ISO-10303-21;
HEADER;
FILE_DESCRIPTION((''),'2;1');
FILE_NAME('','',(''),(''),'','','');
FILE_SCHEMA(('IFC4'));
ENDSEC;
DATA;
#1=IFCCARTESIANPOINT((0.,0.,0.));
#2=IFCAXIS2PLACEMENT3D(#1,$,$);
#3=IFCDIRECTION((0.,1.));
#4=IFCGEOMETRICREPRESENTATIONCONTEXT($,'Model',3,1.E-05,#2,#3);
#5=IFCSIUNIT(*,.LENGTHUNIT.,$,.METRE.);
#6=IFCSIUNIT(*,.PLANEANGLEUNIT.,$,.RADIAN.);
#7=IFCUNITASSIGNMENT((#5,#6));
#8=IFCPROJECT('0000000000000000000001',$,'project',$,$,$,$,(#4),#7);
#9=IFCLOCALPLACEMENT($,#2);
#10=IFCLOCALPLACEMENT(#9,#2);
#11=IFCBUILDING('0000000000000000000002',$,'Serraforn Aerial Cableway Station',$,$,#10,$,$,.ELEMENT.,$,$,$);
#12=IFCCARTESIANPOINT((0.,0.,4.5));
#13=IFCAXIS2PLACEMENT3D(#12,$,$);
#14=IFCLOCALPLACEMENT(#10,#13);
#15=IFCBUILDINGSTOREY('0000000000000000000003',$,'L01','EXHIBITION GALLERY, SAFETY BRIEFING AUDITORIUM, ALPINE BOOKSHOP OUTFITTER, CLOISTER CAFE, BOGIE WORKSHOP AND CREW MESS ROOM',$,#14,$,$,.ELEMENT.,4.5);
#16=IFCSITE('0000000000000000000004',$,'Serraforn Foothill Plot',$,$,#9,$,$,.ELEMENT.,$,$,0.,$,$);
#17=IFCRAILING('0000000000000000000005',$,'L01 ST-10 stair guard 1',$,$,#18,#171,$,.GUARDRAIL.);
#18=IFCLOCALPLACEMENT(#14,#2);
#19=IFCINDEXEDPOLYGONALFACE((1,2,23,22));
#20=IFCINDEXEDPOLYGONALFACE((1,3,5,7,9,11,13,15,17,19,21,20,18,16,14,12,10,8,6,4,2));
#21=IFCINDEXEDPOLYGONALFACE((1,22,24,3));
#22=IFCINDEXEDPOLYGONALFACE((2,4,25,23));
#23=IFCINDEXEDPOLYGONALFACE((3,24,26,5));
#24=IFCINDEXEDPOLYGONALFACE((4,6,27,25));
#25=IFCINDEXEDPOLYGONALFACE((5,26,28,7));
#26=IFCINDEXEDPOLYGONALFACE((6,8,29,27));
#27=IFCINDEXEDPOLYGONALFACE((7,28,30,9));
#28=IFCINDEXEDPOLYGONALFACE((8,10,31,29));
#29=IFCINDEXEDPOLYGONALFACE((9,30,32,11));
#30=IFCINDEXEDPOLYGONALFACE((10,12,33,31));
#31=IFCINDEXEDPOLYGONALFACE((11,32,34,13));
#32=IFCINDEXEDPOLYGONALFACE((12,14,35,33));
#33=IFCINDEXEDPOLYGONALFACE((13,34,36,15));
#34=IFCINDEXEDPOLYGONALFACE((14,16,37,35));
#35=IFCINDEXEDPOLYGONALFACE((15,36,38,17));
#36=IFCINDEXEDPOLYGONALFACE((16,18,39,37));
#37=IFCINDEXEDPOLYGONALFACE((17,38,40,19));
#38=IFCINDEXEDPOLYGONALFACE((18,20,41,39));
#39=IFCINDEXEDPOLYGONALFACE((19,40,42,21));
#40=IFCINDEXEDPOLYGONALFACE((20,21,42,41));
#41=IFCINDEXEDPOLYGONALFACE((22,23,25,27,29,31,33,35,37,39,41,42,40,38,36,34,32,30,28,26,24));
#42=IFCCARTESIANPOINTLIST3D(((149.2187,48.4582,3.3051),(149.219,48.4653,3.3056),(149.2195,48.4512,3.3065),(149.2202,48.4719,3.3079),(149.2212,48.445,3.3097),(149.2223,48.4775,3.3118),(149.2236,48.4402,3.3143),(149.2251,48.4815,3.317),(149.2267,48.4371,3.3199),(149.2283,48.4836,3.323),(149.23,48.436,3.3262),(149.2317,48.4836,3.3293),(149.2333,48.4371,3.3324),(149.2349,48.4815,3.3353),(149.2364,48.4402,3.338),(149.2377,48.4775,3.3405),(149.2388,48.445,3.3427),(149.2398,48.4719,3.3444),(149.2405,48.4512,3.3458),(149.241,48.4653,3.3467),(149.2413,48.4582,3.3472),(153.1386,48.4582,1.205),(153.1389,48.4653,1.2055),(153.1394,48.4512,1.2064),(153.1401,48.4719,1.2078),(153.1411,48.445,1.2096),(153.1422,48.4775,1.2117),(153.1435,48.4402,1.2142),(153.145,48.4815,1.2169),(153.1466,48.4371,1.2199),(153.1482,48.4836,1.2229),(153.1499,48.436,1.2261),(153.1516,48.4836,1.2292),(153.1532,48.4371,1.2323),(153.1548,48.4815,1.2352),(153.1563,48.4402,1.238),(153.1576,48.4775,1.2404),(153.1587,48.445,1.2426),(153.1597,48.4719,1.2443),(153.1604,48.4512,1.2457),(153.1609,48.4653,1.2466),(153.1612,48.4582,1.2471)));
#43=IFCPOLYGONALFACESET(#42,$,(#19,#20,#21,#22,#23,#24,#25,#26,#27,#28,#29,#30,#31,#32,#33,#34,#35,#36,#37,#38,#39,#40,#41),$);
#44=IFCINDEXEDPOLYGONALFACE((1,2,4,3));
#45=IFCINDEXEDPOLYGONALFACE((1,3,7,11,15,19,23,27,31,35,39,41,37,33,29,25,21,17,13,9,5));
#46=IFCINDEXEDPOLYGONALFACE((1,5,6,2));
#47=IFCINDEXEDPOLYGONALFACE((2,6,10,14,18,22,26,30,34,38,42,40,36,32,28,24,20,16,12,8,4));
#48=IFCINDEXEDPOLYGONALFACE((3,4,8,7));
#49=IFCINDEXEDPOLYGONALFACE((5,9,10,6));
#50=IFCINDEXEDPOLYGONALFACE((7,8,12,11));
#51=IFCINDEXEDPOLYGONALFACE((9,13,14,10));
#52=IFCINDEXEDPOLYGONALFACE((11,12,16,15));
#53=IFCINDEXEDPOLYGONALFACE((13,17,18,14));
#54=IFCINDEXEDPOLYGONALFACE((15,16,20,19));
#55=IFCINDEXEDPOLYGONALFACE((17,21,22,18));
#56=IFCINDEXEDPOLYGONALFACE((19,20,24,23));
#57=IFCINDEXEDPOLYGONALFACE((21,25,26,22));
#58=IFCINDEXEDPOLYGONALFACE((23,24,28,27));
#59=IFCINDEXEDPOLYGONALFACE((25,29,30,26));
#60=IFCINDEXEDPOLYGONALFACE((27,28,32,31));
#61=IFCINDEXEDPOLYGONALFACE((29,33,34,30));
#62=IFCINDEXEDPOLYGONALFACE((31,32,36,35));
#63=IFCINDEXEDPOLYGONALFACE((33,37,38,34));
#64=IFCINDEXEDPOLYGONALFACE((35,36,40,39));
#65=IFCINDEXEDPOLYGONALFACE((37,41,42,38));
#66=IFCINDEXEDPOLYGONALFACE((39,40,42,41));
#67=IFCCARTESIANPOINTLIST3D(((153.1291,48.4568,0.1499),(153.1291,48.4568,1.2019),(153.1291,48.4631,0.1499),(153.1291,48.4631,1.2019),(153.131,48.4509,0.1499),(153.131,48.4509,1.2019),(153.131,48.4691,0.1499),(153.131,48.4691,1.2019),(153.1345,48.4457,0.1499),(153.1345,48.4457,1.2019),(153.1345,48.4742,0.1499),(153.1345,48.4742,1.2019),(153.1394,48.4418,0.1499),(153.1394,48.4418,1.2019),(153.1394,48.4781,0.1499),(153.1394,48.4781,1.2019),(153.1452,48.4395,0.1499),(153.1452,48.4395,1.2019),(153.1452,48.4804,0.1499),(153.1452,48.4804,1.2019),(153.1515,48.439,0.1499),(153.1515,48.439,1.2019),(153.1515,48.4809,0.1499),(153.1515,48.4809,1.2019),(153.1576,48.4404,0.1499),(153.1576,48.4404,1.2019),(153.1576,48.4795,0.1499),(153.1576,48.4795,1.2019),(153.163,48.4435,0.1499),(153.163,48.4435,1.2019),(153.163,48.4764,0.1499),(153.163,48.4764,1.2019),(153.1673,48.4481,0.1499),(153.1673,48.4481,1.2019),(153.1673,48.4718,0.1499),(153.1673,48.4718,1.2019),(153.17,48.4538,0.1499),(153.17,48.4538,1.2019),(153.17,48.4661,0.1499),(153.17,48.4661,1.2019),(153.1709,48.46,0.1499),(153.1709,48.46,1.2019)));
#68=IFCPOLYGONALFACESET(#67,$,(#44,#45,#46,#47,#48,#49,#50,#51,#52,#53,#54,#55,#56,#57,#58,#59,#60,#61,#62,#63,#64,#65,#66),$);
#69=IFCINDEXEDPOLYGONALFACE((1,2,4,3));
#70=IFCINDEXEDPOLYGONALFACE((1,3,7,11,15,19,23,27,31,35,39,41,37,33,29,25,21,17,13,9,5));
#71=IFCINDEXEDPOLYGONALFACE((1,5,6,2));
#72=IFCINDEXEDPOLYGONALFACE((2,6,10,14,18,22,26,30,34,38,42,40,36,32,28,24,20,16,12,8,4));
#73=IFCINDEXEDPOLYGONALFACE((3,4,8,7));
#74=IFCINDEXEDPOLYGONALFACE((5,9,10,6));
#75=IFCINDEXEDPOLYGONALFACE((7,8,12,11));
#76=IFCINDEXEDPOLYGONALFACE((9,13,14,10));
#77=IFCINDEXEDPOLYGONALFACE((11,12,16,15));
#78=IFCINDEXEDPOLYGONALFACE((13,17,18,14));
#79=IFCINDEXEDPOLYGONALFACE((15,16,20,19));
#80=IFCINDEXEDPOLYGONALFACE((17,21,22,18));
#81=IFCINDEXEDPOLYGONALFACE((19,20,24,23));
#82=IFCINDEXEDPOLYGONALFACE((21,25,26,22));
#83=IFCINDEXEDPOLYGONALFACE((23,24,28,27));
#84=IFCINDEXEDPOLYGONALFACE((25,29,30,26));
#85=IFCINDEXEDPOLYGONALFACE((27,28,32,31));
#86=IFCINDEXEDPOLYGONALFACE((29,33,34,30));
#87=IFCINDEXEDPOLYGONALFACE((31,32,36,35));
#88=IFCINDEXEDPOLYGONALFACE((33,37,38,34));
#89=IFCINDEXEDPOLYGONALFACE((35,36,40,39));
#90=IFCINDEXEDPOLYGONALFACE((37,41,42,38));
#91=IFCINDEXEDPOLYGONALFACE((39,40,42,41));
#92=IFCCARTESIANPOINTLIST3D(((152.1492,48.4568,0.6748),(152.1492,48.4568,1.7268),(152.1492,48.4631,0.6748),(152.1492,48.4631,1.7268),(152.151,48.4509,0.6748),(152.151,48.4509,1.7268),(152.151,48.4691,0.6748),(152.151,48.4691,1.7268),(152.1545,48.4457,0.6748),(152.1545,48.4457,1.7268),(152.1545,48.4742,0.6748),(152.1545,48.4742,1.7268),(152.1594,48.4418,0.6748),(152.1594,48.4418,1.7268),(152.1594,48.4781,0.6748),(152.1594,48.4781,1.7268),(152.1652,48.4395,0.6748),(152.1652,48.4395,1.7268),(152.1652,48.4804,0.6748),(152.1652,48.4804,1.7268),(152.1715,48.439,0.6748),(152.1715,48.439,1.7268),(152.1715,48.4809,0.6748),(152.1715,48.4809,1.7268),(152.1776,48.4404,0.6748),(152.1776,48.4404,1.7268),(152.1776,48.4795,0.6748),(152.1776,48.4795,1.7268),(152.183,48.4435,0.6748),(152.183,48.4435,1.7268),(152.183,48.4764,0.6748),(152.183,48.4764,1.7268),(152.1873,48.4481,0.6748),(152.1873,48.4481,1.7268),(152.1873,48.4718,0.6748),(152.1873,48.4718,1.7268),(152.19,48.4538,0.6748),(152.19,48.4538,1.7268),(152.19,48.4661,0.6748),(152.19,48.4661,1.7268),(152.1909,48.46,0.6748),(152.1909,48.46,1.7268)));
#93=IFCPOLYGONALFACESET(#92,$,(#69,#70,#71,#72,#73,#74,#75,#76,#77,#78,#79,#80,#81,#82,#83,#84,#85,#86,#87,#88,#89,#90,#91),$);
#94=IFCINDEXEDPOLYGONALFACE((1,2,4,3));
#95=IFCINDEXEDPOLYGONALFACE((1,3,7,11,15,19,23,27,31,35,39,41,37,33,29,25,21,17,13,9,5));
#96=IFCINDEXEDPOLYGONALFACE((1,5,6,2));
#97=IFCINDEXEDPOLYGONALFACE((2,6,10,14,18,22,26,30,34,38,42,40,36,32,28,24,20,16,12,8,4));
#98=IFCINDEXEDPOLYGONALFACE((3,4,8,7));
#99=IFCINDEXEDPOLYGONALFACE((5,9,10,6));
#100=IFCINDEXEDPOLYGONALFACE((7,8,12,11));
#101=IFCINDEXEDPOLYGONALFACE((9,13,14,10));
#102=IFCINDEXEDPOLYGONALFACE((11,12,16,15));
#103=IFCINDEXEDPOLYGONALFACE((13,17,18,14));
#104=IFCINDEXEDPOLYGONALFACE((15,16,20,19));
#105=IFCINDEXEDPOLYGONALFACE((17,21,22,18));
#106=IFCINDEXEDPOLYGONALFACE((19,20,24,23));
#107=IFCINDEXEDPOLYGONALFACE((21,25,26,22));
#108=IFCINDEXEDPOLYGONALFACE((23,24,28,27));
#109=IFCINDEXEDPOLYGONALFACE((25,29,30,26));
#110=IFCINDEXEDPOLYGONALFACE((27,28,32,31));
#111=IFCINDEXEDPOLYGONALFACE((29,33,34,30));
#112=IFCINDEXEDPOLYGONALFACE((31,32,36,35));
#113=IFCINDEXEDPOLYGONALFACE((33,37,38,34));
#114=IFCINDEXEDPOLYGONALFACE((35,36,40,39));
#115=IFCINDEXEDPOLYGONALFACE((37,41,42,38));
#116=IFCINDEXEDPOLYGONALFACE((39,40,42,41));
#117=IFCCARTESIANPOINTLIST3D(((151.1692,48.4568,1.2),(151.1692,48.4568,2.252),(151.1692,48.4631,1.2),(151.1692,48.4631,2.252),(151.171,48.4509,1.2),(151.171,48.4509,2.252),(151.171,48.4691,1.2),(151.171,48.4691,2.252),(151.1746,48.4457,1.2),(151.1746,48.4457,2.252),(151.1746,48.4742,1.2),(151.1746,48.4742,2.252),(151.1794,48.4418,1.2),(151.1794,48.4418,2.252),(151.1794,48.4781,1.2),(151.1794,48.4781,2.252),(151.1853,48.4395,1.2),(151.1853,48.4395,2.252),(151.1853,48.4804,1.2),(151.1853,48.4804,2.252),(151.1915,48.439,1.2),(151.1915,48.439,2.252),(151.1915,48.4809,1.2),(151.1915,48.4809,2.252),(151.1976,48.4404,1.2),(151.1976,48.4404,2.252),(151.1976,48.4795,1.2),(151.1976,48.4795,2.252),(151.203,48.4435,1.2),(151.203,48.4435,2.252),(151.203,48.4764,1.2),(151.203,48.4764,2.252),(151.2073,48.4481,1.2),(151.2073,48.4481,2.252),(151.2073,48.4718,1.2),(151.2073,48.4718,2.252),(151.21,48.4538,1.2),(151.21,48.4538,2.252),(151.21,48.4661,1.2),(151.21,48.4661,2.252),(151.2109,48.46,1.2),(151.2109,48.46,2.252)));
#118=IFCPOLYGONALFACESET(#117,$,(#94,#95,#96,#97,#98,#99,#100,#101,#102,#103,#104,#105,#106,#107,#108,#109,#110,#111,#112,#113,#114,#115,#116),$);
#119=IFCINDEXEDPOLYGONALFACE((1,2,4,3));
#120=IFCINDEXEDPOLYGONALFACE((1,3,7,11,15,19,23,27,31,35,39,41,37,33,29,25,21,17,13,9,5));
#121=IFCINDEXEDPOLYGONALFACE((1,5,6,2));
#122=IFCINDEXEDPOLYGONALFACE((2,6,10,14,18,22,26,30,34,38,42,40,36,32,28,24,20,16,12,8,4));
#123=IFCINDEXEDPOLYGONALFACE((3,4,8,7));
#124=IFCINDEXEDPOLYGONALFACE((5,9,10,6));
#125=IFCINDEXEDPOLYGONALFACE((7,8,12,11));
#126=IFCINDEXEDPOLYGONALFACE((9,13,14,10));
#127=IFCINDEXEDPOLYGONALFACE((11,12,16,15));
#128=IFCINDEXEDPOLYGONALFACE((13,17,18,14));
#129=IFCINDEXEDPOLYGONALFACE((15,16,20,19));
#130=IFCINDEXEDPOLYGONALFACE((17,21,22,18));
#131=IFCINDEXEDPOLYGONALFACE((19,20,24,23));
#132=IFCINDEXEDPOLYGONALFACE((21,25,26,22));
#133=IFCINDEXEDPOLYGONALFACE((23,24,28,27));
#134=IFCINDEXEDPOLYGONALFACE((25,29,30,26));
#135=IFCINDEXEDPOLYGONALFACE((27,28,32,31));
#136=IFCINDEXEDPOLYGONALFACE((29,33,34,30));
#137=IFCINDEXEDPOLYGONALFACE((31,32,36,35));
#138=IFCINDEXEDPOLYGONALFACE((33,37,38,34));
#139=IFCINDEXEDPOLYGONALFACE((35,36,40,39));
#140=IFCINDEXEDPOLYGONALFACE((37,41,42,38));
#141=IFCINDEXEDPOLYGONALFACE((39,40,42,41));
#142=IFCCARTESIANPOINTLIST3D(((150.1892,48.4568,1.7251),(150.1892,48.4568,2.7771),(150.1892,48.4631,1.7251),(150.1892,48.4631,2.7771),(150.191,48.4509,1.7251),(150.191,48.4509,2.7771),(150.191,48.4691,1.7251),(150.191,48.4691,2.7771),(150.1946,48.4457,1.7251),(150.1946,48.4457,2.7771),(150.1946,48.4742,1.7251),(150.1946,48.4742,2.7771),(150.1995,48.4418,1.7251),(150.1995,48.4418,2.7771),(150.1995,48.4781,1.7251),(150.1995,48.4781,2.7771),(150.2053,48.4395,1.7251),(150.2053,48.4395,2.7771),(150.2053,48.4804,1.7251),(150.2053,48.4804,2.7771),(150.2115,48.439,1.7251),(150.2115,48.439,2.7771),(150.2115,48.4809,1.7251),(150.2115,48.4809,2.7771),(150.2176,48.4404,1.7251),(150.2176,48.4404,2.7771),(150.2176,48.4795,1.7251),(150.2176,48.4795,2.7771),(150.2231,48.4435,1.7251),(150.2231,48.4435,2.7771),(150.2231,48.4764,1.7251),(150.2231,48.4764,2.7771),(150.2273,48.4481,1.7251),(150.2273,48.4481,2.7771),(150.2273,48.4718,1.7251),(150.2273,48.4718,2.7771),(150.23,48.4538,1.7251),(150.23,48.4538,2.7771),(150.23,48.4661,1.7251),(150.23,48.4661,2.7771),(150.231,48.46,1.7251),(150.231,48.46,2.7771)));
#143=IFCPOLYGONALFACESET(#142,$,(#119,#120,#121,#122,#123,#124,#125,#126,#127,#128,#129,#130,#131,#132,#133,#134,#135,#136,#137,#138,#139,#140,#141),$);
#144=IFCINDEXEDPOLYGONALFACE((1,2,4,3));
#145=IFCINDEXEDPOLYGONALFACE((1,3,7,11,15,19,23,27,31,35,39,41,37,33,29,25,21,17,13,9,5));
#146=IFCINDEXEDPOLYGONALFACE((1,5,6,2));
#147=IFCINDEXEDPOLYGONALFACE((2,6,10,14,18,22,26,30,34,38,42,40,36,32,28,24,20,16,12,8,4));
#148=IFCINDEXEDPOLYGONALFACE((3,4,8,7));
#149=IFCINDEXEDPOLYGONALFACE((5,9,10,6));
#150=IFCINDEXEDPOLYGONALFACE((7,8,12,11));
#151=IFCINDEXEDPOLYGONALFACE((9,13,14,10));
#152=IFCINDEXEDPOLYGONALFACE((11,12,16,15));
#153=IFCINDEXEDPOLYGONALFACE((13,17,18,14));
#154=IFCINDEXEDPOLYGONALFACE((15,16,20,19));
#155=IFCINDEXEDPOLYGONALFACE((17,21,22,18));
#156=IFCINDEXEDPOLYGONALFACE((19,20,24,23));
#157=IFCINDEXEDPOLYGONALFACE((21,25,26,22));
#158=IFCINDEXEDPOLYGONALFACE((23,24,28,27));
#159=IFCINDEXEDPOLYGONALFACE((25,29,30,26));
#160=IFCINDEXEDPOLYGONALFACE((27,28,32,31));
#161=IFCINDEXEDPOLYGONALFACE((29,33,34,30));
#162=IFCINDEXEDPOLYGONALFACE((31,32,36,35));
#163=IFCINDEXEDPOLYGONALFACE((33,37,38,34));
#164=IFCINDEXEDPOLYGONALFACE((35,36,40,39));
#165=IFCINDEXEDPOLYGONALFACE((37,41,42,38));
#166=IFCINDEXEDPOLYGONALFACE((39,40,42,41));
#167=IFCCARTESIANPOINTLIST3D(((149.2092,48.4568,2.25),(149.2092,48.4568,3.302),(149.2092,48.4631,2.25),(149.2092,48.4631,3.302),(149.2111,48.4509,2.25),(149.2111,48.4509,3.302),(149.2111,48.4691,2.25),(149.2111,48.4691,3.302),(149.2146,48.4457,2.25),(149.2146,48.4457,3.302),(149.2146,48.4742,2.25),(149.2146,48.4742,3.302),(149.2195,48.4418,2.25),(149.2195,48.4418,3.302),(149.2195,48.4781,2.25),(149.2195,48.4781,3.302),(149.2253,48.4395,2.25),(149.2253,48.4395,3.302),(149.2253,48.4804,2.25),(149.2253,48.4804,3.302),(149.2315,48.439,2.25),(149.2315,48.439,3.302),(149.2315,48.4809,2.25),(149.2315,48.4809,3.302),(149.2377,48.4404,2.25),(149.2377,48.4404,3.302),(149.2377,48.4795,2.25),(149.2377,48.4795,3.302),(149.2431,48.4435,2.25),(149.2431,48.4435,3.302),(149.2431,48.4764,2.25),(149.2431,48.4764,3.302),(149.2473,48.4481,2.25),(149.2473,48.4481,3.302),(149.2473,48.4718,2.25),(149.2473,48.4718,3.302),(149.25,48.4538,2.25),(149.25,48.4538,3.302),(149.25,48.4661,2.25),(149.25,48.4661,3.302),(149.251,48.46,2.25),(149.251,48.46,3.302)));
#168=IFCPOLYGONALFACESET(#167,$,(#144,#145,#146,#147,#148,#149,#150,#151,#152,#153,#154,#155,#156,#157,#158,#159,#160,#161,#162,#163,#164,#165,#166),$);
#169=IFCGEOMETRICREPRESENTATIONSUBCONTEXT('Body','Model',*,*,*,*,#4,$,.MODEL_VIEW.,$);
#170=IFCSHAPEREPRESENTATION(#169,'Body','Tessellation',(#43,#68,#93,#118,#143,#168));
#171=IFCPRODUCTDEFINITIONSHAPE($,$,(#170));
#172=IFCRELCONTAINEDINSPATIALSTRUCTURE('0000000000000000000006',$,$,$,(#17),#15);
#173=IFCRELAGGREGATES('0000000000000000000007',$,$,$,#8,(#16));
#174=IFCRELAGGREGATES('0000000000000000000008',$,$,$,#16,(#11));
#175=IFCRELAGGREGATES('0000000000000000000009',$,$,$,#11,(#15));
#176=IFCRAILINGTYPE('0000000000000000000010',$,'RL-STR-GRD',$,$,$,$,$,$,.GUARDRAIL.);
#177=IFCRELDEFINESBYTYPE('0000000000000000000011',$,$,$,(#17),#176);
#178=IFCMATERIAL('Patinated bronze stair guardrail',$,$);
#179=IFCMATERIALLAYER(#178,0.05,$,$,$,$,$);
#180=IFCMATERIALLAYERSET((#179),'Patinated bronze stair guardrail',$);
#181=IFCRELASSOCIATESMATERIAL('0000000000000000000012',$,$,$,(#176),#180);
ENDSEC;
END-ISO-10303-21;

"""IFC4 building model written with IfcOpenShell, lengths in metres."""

from ifc_helpers import new_model, si_unit, direction, frame, origin, origin_2d, place, context, subcontext, project, spatial, circle, extrude, material, layer, layer_set, type_object, element, save


model = new_model("IFC4")

# Units and contexts
model_context = context("Model", 3, precision=1e-05, world=origin(), true_north=direction((0.0, 1.0)))
body_context = subcontext(model_context, "Body", "Model", "MODEL_VIEW")
ifc_project = project(units=[si_unit("LENGTHUNIT", "METRE"), si_unit("PLANEANGLEUNIT", "RADIAN")], contexts=[model_context])

# Site, building, storey
site_placement = place(None, origin())
site = spatial("IfcSite", under=ifc_project, at=site_placement, Name="Serraforn Foothill Plot", CompositionType="ELEMENT", RefElevation=0.0)
building_placement = place(site_placement, origin())
building = spatial("IfcBuilding", under=site, at=building_placement, Name="Serraforn Aerial Cableway Station", CompositionType="ELEMENT")
storey_placement = place(building_placement, frame((0.0, 0.0, 4.5)))
storey = spatial("IfcBuildingStorey", under=building, at=storey_placement, Name="L01", Description="EXHIBITION GALLERY, SAFETY BRIEFING AUDITORIUM, ALPINE BOOKSHOP OUTFITTER, CLOISTER CAFE, BOGIE WORKSHOP AND CREW MESS ROOM", CompositionType="ELEMENT", Elevation=4.5)

# Railing
ifc_material_1 = material(Name="Patinated bronze stair guardrail")
ifc_layer_1 = layer(ifc_material_1, 0.05)
ifc_layer_set_1 = layer_set([ifc_layer_1], Name="Patinated bronze stair guardrail")
railing_type_1 = type_object("IfcRailingType", Name="RL-STR-GRD", PredefinedType="GUARDRAIL", material=ifc_layer_set_1)
railing_1_placement = place(storey_placement, frame((153.1499, 48.46, 0.1499)))
element("IfcRailing", 1, at=railing_1_placement, inside=storey, type_object=railing_type_1, Name="L01 ST-10 stair guard 1", PredefinedType="GUARDRAIL", context=body_context, shape_type="SweptSolid", body=[
    extrude(circle(Radius=0.0239, at=origin_2d()), frame((0.0, 0.0, 1.0762), z_axis=(-0.881467, 0.0, 0.472246), x_axis=(0.0, -1.0, 0.0)), (0.0, 0.0, 1.0), 4.447),
    extrude(circle(Radius=0.021, at=origin_2d()), origin(), (0.0, 0.0, 1.0), 1.052),
    extrude(circle(Radius=0.021, at=origin_2d()), frame((-0.98, 0.0, 0.5249)), (0.0, 0.0, 1.0), 1.052),
    extrude(circle(Radius=0.021, at=origin_2d()), frame((-1.96, 0.0, 1.05)), (0.0, 0.0, 1.0), 1.052),
    extrude(circle(Radius=0.021, at=origin_2d()), frame((-2.9399, 0.0, 1.5752)), (0.0, 0.0, 1.0), 1.052),
    extrude(circle(Radius=0.021, at=origin_2d()), frame((-3.9199, 0.0, 2.1001)), (0.0, 0.0, 1.0), 1.052),
])

save(model, "model.ifc")
